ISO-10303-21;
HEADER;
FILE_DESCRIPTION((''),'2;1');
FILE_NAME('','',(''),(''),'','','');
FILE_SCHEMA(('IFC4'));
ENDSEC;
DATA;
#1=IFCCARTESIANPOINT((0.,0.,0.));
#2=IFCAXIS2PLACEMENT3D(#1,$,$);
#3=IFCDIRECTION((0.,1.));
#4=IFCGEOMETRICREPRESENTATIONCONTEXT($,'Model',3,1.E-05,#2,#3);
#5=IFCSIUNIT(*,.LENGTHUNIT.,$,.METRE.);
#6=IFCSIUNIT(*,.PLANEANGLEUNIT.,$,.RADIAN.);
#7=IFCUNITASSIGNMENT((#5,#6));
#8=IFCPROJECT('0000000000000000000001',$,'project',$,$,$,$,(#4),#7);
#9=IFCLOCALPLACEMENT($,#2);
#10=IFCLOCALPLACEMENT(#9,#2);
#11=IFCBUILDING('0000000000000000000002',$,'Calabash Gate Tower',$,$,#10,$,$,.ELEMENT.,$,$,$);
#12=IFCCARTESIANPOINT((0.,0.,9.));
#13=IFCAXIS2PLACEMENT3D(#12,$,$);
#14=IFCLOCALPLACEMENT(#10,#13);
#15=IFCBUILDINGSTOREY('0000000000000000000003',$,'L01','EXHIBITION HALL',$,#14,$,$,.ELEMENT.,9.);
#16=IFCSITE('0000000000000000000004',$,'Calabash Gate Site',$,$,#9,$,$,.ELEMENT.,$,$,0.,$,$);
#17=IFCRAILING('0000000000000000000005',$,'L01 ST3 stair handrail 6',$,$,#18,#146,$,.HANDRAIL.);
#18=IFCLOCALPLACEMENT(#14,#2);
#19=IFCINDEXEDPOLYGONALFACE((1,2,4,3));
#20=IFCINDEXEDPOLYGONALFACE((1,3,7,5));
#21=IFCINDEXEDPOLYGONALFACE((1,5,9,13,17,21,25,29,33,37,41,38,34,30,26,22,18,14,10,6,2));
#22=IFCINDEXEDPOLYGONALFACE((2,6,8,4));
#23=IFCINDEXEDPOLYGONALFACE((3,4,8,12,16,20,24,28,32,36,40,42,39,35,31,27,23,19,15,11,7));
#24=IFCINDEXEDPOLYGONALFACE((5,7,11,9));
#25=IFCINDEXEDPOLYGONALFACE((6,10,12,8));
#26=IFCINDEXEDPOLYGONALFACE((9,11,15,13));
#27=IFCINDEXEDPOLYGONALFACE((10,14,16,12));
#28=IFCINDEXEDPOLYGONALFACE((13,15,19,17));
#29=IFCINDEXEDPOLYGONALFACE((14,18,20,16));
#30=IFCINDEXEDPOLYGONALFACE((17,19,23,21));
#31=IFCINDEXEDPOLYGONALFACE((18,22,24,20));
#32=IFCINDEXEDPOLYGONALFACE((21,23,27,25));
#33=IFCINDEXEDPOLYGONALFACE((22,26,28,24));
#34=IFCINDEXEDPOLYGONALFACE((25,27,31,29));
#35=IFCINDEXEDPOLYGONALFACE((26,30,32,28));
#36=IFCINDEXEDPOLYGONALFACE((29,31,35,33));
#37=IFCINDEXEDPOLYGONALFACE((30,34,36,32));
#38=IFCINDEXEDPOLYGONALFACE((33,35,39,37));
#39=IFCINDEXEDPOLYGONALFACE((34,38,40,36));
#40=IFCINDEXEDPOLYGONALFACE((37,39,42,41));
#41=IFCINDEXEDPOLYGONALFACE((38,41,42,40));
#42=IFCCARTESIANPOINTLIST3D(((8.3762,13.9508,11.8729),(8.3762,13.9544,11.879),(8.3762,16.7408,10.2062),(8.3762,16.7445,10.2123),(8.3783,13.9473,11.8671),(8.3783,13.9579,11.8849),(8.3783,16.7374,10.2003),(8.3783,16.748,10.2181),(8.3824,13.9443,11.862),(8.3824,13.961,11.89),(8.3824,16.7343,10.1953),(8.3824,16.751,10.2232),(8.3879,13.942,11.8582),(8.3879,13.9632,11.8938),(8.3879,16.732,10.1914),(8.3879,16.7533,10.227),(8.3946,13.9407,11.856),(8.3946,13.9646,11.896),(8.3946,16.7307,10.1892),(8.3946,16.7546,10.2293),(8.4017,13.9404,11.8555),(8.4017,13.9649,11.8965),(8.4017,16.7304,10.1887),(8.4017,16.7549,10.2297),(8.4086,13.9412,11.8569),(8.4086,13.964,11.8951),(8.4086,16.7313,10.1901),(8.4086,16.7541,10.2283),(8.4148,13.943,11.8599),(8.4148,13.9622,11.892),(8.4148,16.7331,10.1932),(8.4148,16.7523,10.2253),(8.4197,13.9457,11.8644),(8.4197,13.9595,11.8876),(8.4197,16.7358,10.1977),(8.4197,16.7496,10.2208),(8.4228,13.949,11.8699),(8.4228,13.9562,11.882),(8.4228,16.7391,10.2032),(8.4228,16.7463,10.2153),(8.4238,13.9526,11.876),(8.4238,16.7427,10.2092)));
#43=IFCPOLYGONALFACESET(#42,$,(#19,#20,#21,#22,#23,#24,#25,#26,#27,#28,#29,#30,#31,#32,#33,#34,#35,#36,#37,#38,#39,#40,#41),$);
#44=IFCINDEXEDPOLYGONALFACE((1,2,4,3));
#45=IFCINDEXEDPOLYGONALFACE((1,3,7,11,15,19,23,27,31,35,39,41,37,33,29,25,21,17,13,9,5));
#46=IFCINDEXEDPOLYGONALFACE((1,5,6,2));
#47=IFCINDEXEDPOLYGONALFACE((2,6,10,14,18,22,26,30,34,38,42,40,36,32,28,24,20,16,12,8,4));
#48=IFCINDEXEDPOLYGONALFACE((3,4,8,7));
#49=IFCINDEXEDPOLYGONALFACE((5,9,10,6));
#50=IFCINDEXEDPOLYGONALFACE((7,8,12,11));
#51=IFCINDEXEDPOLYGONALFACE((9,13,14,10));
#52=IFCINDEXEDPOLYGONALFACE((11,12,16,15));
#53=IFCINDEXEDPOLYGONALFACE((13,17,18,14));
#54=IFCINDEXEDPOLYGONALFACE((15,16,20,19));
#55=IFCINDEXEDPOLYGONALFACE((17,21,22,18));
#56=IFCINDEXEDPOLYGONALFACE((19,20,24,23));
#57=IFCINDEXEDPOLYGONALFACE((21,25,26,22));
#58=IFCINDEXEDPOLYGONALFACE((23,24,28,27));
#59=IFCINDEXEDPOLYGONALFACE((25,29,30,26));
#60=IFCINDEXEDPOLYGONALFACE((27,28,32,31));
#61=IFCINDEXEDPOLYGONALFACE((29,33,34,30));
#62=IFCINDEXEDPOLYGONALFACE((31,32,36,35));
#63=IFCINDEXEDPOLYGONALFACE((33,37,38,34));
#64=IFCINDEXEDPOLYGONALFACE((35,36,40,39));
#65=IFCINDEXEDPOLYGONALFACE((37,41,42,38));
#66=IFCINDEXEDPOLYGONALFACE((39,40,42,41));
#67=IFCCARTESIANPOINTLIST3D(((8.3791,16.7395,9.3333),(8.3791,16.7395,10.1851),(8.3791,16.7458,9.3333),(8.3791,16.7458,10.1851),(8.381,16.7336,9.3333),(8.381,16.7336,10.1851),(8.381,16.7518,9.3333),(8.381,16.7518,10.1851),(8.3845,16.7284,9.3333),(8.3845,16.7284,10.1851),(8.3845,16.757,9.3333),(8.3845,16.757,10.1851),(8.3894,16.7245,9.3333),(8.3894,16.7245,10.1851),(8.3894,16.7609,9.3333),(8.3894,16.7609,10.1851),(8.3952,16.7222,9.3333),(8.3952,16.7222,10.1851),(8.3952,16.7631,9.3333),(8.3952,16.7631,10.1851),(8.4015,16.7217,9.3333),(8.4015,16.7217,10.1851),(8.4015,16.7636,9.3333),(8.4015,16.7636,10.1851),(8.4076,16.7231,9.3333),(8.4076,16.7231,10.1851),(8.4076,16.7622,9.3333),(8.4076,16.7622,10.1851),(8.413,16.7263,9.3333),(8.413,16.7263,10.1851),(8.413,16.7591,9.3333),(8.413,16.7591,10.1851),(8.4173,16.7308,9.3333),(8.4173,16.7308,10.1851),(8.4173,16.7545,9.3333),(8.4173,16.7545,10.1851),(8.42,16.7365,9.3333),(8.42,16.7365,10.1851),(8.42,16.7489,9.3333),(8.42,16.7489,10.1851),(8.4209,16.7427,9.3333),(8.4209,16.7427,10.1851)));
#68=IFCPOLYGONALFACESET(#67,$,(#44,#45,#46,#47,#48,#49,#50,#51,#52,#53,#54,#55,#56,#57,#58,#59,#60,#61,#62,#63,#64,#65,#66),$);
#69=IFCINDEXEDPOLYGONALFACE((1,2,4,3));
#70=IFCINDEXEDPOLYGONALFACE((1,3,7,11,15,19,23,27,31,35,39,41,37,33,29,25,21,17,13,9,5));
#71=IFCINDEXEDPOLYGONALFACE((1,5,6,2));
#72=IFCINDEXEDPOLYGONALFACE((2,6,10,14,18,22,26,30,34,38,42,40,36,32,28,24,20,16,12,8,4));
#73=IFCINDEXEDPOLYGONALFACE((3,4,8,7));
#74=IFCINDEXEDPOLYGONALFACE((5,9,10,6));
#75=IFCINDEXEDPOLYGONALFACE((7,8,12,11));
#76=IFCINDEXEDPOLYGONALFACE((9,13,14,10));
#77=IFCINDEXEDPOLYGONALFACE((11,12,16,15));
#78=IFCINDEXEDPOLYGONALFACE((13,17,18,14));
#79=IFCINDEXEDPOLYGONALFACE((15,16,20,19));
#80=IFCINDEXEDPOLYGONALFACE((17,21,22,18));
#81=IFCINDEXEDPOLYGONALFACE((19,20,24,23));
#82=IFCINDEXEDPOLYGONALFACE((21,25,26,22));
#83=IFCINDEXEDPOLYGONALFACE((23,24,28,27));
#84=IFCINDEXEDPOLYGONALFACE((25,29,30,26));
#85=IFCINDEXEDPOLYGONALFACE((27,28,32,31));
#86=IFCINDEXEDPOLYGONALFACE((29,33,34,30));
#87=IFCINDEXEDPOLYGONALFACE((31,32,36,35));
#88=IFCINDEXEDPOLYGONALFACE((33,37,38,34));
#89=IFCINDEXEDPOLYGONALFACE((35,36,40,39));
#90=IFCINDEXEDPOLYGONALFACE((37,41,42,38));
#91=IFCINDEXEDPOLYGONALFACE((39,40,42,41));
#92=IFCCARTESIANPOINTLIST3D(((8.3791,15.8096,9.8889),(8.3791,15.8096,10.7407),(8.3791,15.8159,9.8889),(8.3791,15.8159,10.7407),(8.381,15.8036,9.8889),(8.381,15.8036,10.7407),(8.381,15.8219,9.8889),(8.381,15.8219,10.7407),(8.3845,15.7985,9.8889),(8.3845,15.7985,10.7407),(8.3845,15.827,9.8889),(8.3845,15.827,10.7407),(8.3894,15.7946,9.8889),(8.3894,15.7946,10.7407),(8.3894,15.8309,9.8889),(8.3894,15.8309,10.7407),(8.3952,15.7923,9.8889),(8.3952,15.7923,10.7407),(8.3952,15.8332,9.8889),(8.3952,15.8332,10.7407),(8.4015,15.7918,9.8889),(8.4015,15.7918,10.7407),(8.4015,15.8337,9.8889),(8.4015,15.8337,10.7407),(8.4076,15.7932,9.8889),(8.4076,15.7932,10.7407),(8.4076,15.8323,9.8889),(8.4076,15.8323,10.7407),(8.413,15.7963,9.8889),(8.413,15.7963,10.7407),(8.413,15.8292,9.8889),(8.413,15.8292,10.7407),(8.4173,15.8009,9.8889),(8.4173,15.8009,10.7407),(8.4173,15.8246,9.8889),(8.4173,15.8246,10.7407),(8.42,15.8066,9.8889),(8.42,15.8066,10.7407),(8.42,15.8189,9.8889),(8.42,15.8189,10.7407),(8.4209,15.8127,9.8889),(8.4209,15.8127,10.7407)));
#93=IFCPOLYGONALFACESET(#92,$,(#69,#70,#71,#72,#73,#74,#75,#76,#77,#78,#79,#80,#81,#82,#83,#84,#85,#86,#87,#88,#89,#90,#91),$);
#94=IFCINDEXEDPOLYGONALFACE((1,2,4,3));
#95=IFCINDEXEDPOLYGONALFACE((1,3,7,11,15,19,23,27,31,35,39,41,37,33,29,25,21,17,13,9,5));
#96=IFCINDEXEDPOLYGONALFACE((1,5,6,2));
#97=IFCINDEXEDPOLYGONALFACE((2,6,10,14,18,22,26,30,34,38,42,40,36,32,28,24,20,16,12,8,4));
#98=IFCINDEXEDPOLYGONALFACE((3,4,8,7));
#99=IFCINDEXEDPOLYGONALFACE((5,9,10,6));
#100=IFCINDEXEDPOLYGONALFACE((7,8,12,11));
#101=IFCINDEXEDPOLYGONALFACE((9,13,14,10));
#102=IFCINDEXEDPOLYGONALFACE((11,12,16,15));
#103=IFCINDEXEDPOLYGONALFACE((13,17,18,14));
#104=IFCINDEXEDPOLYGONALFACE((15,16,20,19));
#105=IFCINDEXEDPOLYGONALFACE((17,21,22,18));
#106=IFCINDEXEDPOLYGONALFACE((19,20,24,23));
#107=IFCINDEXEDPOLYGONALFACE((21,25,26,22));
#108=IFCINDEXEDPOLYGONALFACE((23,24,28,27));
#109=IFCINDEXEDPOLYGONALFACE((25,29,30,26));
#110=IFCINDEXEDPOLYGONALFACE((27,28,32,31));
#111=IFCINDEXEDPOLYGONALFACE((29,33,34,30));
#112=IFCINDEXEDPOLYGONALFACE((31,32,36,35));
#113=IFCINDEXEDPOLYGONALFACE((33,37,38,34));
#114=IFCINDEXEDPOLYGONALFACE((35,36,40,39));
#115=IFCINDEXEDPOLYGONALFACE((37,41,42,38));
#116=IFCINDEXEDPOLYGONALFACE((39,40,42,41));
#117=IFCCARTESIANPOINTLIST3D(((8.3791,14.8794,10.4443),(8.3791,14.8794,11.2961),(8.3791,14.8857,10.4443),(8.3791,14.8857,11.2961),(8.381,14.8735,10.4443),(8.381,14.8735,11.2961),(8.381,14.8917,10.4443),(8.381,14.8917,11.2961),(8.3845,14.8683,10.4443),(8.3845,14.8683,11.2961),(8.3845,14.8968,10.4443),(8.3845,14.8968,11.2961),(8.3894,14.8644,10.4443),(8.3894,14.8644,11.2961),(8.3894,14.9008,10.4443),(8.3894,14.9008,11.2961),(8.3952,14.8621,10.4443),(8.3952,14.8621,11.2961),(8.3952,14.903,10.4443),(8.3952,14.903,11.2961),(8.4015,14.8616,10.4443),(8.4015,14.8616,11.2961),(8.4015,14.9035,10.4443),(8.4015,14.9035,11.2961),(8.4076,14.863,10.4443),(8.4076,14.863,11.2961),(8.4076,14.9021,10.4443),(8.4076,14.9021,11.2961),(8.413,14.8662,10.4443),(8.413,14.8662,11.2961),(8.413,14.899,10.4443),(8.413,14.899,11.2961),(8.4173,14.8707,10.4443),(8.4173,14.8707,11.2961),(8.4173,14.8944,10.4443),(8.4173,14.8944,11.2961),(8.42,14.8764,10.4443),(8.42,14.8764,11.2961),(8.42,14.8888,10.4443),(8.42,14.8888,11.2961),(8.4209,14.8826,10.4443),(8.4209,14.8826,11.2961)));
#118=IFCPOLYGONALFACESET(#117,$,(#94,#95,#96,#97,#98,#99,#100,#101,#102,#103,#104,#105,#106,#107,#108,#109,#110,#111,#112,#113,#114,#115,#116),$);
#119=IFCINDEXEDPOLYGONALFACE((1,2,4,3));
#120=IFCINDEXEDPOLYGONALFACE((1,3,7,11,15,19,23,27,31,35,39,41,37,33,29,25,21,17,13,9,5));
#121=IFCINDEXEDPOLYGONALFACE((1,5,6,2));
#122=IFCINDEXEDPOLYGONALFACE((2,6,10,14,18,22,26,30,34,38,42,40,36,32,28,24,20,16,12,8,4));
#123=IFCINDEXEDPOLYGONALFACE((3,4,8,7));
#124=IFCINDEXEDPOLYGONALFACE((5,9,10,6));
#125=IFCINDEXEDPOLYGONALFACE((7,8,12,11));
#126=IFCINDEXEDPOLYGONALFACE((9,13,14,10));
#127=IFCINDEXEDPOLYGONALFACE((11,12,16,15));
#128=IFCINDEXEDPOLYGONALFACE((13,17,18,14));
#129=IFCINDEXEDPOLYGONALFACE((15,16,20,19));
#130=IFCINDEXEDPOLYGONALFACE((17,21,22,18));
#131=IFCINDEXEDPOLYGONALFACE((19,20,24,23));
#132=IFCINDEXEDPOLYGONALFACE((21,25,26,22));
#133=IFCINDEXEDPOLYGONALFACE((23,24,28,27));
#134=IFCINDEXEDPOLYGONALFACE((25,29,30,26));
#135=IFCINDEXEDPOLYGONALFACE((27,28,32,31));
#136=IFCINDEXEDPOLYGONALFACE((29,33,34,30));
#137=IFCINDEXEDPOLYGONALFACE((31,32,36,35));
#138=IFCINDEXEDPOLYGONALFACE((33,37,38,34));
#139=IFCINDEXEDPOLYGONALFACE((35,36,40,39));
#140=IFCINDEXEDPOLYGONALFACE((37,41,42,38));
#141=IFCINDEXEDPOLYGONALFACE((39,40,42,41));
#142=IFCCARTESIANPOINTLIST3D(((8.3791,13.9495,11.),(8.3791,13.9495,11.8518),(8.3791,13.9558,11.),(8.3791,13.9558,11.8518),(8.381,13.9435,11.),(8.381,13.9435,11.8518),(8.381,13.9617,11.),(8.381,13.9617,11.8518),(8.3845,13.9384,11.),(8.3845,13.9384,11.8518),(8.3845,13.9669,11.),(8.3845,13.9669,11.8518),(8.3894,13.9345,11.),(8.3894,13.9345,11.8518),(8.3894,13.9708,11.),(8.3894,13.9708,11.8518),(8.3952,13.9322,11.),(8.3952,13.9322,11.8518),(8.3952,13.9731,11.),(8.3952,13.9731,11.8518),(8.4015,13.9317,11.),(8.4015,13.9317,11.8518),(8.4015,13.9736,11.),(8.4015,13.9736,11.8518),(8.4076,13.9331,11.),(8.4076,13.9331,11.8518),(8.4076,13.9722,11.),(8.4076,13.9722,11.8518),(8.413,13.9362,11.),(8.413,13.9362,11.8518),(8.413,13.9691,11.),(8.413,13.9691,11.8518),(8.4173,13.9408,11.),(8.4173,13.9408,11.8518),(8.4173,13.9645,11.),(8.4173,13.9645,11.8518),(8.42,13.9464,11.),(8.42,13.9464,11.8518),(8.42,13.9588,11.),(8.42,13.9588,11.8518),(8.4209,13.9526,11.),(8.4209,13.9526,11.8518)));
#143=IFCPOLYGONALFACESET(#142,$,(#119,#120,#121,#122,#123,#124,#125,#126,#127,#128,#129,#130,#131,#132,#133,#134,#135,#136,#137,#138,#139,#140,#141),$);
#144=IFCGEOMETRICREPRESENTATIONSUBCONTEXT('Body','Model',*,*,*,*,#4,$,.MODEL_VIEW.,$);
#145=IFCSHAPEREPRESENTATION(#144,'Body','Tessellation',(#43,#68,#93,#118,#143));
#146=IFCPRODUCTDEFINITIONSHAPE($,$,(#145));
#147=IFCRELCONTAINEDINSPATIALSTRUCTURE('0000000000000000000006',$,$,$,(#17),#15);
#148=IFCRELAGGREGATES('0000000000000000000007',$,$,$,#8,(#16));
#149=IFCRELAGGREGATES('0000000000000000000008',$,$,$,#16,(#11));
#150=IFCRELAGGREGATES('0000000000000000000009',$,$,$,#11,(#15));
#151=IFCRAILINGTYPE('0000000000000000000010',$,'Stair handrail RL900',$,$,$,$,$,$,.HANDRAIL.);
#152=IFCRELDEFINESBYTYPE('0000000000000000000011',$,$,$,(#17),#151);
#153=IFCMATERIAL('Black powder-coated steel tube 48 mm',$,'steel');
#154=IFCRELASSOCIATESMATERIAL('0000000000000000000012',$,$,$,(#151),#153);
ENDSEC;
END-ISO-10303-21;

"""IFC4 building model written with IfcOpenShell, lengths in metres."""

from ifc_helpers import new_model, si_unit, direction, frame, origin, origin_2d, place, context, subcontext, project, spatial, circle, extrude, material, type_object, element, save


model = new_model("IFC4")

# Units and contexts
model_context = context("Model", 3, precision=1e-05, world=origin(), true_north=direction((0.0, 1.0)))
body_context = subcontext(model_context, "Body", "Model", "MODEL_VIEW")
ifc_project = project(units=[si_unit("LENGTHUNIT", "METRE"), si_unit("PLANEANGLEUNIT", "RADIAN")], contexts=[model_context])

# Site, building, storey
site_placement = place(None, origin())
site = spatial("IfcSite", under=ifc_project, at=site_placement, Name="Calabash Gate Site", CompositionType="ELEMENT", RefElevation=0.0)
building_placement = place(site_placement, origin())
building = spatial("IfcBuilding", under=site, at=building_placement, Name="Calabash Gate Tower", CompositionType="ELEMENT")
storey_placement = place(building_placement, frame((0.0, 0.0, 9.0)))
storey = spatial("IfcBuildingStorey", under=building, at=storey_placement, Name="L01", Description="EXHIBITION HALL", CompositionType="ELEMENT", Elevation=9.0)

# Railing
ifc_material_1 = material(Name="Black powder-coated steel tube 48 mm", Category="steel")
railing_type_1 = type_object("IfcRailingType", Name="Stair handrail RL900", PredefinedType="HANDRAIL", material=ifc_material_1)
railing_1_placement = place(storey_placement, frame((8.3999, 16.7427, 9.3333)))
element("IfcRailing", 1, at=railing_1_placement, inside=storey, type_object=railing_type_1, Name="L01 ST3 stair handrail 6", PredefinedType="HANDRAIL", context=body_context, shape_type="SweptSolid", body=[
    extrude(circle(Radius=0.0239, at=origin_2d()), frame((0.0, 0.0, 0.876), z_axis=(0.0, -0.858479, 0.512849), x_axis=(1.0, 0.0, 0.0)), (0.0, 0.0, 1.0), 3.25),
    extrude(circle(Radius=0.021, at=origin_2d()), origin(), (0.0, 0.0, 1.0), 0.8518),
    extrude(circle(Radius=0.021, at=origin_2d()), frame((0.0, -0.9299, 0.5557)), (0.0, 0.0, 1.0), 0.8518),
    extrude(circle(Radius=0.021, at=origin_2d()), frame((0.0, -1.8601, 1.1111)), (0.0, 0.0, 1.0), 0.8518),
    extrude(circle(Radius=0.021, at=origin_2d()), frame((0.0, -2.79, 1.6667)), (0.0, 0.0, 1.0), 0.8518),
])

save(model, "model.ifc")
